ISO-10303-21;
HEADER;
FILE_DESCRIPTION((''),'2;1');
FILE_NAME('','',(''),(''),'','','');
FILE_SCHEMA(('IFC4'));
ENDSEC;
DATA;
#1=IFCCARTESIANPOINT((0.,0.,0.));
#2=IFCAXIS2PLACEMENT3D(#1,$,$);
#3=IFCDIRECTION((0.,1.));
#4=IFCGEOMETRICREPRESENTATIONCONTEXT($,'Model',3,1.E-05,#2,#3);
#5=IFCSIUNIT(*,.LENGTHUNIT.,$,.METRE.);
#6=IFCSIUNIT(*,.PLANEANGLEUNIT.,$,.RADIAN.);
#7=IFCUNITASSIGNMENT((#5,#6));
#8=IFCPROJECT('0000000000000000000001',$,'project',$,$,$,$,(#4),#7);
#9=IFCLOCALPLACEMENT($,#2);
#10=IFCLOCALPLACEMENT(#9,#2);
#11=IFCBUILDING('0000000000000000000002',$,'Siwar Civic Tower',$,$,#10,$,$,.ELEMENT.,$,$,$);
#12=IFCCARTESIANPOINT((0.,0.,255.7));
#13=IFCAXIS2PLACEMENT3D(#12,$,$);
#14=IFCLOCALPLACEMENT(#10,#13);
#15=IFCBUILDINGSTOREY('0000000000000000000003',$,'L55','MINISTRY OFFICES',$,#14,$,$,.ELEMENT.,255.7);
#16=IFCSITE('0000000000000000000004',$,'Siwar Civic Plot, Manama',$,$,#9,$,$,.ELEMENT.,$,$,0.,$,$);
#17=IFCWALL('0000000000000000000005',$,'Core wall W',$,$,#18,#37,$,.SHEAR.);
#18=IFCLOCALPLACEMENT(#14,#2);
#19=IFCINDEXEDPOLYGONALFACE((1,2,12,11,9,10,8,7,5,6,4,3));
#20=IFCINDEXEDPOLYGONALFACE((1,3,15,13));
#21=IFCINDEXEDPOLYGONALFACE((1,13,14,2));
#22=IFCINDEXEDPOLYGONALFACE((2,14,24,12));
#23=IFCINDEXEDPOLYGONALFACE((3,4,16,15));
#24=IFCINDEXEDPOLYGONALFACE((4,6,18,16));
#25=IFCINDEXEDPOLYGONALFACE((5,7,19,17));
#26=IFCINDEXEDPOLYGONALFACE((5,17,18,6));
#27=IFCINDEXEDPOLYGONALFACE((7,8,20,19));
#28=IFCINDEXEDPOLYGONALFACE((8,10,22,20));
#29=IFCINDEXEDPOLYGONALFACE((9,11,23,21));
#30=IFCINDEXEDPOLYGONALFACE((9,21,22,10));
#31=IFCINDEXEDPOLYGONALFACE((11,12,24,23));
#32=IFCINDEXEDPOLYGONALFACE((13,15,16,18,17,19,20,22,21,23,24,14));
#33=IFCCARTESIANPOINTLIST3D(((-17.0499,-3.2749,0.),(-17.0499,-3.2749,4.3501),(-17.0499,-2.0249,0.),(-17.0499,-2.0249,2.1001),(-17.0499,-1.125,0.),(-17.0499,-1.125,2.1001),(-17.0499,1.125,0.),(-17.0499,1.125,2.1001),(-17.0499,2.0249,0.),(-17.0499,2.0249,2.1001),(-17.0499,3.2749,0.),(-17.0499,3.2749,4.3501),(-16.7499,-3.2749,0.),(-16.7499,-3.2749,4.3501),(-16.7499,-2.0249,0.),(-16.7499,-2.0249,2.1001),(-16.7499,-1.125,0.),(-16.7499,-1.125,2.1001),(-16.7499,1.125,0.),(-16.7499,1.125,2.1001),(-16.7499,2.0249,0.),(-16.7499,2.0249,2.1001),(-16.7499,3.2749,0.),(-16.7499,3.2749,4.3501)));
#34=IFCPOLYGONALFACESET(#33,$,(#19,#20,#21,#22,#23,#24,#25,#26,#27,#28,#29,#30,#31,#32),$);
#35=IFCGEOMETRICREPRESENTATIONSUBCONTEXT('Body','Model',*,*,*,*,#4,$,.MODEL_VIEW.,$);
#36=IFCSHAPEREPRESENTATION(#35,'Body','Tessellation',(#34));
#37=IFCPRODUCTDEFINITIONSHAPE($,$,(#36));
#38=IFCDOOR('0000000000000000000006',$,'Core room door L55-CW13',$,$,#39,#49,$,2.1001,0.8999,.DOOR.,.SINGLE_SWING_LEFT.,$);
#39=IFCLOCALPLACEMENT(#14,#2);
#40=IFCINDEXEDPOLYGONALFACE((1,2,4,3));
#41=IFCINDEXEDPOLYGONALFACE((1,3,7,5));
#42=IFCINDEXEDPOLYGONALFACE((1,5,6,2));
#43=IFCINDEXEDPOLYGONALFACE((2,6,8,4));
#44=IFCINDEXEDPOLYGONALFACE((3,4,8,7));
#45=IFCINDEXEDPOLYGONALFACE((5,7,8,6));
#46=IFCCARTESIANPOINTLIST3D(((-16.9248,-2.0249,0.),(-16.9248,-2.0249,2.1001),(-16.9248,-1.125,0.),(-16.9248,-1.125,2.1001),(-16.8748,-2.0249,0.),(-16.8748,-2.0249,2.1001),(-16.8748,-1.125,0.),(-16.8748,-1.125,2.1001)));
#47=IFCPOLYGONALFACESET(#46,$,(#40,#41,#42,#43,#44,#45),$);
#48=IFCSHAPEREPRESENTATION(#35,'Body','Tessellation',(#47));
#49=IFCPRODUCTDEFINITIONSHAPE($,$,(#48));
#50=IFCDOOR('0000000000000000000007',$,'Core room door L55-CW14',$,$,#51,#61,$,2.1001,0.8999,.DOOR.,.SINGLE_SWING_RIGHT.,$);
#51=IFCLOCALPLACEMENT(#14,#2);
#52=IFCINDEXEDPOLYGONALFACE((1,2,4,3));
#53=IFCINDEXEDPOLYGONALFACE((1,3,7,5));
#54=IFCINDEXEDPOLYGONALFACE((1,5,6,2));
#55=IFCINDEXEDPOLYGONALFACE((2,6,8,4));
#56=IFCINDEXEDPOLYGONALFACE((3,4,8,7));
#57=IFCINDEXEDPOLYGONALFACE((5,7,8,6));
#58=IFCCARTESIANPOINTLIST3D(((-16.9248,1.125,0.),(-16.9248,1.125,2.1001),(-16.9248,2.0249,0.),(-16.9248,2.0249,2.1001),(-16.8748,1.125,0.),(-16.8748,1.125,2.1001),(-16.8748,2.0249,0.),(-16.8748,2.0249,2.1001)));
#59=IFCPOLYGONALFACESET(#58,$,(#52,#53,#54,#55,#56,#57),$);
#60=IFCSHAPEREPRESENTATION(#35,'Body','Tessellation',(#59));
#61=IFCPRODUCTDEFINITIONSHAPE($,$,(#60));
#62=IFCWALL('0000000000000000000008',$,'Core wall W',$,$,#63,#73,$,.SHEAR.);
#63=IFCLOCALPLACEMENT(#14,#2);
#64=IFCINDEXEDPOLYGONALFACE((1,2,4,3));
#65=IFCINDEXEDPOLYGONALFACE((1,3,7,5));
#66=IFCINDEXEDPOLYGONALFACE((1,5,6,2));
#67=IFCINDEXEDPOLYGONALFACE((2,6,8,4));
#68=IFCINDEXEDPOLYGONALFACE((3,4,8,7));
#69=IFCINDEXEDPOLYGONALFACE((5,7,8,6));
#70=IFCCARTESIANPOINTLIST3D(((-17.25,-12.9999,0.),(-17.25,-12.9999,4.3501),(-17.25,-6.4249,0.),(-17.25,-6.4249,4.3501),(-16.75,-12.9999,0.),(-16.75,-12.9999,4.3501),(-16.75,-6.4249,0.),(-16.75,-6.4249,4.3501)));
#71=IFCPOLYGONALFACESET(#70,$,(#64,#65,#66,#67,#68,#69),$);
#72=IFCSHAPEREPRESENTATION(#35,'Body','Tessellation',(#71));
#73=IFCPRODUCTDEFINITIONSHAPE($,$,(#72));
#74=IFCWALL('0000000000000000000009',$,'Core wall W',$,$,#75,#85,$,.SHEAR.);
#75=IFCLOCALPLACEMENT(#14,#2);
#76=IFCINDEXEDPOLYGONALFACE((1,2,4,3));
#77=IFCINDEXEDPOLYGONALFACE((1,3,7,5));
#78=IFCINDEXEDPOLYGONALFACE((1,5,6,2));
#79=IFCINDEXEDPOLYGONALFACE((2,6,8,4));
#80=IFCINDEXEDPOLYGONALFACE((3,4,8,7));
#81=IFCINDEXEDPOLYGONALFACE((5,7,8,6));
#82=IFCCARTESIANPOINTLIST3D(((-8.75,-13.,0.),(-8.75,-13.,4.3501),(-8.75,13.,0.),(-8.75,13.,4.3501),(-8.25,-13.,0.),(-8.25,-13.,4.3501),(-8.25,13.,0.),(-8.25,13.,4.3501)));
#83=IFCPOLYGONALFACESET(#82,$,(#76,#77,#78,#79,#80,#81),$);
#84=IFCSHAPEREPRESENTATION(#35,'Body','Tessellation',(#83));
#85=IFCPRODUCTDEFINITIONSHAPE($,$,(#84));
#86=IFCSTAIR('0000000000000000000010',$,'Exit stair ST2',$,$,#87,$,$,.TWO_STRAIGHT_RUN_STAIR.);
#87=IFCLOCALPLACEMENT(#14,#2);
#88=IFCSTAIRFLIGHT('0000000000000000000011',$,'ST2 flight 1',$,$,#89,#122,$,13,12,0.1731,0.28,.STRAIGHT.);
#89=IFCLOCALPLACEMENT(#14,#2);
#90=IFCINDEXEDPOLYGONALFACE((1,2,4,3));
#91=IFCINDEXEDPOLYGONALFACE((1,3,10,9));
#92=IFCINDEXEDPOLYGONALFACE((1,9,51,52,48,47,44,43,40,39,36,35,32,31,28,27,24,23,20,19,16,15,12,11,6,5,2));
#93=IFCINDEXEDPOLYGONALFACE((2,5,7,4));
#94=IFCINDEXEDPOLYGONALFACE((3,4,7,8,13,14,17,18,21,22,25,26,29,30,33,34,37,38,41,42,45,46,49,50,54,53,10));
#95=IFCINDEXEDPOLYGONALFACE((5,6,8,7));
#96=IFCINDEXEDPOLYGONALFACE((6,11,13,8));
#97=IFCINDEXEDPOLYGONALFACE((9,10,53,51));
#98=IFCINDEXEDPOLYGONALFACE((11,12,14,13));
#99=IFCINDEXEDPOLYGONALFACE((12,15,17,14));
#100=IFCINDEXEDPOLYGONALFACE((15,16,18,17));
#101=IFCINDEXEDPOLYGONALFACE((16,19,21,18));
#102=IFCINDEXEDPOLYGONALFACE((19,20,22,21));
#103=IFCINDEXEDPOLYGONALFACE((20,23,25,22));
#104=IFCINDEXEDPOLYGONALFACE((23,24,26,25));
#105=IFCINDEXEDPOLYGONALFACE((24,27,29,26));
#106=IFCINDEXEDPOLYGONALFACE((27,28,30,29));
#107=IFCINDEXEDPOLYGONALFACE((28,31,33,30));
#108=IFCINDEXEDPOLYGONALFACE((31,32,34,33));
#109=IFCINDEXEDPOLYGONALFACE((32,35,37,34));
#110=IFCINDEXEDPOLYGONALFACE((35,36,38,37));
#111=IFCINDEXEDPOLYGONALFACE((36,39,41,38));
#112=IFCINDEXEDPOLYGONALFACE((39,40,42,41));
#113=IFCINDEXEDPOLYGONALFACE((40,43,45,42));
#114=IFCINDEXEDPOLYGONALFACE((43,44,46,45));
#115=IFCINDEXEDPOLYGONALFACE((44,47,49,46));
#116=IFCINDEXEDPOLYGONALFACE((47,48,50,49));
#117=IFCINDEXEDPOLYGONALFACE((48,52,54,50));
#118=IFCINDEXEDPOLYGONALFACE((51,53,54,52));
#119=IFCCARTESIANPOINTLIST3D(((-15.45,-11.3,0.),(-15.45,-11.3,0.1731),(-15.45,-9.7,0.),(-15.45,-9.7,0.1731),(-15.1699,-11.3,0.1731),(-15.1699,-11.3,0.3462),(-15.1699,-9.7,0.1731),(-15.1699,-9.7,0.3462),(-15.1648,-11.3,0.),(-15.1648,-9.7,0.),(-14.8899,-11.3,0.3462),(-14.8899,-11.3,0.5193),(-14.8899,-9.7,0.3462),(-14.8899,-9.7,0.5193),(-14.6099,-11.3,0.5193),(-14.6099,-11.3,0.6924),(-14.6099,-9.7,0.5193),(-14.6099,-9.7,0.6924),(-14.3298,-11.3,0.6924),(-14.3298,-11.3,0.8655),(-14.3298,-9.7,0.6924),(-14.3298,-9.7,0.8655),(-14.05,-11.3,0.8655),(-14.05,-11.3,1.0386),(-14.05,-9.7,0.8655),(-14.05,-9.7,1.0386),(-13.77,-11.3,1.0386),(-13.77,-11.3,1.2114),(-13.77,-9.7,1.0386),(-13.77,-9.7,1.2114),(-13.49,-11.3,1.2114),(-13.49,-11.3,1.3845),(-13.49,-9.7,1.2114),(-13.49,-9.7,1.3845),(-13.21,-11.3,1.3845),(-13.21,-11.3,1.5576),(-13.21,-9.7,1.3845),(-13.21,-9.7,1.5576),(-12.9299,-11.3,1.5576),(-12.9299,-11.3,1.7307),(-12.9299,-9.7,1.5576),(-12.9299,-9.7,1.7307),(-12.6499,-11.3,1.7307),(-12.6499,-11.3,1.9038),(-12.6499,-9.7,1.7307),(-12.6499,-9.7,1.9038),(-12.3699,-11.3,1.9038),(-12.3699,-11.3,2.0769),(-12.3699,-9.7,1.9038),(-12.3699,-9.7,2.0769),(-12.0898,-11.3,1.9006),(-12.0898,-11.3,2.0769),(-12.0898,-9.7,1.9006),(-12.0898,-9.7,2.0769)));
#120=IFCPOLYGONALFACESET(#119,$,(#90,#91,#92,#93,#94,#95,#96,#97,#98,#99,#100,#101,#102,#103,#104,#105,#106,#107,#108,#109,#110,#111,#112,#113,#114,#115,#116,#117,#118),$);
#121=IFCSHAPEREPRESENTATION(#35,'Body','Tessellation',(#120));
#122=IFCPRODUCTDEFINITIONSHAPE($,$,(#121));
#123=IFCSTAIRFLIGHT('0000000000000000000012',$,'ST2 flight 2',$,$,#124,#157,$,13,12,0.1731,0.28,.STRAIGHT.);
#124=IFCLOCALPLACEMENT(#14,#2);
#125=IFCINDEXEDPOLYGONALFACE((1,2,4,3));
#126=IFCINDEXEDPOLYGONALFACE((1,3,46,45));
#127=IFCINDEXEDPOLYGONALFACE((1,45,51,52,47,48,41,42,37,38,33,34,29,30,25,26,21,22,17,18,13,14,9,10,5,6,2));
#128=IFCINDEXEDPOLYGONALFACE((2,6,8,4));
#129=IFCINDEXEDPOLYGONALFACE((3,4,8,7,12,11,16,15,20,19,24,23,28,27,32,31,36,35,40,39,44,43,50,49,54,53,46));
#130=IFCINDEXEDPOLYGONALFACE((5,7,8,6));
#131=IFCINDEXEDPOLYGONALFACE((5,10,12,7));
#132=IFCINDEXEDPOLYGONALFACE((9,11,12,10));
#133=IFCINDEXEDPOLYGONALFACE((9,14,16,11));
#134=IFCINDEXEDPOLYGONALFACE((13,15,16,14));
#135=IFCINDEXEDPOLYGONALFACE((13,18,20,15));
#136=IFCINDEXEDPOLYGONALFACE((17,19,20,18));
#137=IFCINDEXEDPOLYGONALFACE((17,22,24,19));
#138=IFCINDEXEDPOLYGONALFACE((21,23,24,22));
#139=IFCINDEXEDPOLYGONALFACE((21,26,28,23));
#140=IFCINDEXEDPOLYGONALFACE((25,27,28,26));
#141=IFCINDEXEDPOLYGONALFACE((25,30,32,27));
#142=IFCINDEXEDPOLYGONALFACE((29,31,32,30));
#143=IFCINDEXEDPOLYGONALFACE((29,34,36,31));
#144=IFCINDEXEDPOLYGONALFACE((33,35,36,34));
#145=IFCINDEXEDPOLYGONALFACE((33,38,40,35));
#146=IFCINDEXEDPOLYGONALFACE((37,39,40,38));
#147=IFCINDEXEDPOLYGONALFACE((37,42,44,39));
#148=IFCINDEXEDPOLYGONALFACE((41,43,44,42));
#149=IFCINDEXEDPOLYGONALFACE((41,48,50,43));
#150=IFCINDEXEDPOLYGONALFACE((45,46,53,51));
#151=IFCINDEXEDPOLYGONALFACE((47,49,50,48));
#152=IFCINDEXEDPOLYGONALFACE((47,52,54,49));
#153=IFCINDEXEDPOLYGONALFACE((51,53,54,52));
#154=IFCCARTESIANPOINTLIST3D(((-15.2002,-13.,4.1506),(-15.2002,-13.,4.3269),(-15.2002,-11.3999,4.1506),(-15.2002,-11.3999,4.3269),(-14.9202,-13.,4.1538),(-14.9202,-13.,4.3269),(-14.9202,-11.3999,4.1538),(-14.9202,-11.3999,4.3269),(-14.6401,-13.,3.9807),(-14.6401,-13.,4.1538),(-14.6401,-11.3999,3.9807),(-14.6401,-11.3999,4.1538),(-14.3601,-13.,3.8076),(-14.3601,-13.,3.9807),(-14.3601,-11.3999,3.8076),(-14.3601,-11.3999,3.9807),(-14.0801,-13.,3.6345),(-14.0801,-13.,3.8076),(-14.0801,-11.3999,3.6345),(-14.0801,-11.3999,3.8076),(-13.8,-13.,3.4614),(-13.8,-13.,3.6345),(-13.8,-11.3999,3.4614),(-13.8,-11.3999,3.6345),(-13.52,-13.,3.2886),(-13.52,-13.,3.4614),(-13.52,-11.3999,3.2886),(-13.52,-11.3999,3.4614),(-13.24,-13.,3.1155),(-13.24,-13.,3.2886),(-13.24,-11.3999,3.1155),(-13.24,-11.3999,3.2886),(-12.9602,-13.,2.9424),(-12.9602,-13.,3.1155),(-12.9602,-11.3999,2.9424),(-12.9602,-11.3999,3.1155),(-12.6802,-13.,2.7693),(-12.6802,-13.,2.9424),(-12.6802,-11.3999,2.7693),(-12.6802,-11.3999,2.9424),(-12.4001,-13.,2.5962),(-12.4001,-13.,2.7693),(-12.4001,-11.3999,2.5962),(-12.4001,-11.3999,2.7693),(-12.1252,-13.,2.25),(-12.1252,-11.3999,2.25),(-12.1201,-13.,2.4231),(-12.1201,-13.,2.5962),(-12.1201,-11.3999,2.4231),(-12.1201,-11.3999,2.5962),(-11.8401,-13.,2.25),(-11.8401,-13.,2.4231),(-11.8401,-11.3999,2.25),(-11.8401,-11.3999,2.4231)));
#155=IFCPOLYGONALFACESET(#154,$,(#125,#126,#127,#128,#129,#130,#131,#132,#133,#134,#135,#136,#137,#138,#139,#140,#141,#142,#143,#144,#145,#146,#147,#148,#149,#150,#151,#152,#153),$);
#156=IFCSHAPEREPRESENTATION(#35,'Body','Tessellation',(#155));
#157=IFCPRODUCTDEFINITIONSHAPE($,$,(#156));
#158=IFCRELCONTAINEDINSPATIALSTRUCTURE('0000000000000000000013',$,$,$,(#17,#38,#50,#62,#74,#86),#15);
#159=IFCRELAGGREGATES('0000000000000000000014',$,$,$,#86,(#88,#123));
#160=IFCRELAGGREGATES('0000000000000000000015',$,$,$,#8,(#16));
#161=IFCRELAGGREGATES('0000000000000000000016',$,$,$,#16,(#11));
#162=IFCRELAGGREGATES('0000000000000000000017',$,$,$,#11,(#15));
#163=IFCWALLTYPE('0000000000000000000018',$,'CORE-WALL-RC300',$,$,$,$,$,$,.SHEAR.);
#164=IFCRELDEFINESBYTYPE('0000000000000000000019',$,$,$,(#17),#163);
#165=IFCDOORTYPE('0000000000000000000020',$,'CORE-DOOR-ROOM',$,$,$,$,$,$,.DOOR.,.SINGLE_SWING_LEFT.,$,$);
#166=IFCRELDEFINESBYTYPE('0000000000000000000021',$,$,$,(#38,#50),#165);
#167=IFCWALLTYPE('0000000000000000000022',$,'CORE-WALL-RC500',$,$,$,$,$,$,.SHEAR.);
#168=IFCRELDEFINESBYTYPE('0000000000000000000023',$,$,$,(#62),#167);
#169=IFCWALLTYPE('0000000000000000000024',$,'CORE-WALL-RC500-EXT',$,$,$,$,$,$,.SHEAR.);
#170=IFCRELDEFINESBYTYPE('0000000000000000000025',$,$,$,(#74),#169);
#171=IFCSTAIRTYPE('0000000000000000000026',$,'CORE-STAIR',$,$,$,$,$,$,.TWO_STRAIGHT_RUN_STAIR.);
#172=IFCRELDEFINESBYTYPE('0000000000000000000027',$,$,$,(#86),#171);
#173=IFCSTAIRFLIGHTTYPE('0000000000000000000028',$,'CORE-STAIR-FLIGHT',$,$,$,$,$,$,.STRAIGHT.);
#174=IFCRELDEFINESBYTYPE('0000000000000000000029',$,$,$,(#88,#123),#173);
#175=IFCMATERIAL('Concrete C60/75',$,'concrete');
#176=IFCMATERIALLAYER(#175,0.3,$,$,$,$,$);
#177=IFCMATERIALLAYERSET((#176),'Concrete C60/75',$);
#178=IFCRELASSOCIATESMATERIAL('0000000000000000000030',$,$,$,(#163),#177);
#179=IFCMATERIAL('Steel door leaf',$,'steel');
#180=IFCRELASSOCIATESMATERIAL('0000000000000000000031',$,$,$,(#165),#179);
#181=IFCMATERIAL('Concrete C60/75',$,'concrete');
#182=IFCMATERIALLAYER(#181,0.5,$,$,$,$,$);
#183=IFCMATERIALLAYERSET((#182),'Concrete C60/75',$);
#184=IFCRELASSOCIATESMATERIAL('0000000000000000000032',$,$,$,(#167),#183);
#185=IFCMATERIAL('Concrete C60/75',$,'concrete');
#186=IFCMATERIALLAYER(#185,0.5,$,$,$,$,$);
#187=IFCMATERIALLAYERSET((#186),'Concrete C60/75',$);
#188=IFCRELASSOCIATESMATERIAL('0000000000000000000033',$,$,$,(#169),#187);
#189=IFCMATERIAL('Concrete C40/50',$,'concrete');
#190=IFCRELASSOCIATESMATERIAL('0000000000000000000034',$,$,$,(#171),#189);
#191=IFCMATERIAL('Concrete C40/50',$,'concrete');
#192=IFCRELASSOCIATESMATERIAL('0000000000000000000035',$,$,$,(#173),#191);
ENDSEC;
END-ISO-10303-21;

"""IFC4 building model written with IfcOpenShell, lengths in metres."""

from ifc_helpers import new_model, si_unit, direction, frame, frame_2d, origin, place, context, subcontext, project, spatial, polyline, rectangle, outline, extrude, material, layer, layer_set, type_object, element, fill, aggregate, save


model = new_model("IFC4")

# Units and contexts
model_context = context("Model", 3, precision=1e-05, world=origin(), true_north=direction((0.0, 1.0)))
body_context = subcontext(model_context, "Body", "Model", "MODEL_VIEW")
ifc_project = project(units=[si_unit("LENGTHUNIT", "METRE"), si_unit("PLANEANGLEUNIT", "RADIAN")], contexts=[model_context])

# Site, building, storey
site_placement = place(None, origin())
site = spatial("IfcSite", under=ifc_project, at=site_placement, Name="Siwar Civic Plot, Manama", CompositionType="ELEMENT", RefElevation=0.0)
building_placement = place(site_placement, origin())
building = spatial("IfcBuilding", under=site, at=building_placement, Name="Siwar Civic Tower", CompositionType="ELEMENT")
storey_placement = place(building_placement, frame((0.0, 0.0, 255.7)))
storey = spatial("IfcBuildingStorey", under=building, at=storey_placement, Name="L55", Description="MINISTRY OFFICES", CompositionType="ELEMENT", Elevation=255.7)

# Wall, openings, doors
ifc_material_1 = material(Name="Concrete C60/75", Category="concrete")
ifc_layer_1 = layer(ifc_material_1, 0.3)
ifc_layer_set_1 = layer_set([ifc_layer_1], Name="Concrete C60/75")
wall_type_1 = type_object("IfcWallType", Name="CORE-WALL-RC300", PredefinedType="SHEAR", material=ifc_layer_set_1)
wall_1_placement = place(storey_placement, frame((-16.8999, -3.2749, 0.0), z_axis=(0.0, 0.0, 1.0), x_axis=(0.0, 1.0, 0.0)))
wall_1 = element("IfcWall", 1, at=wall_1_placement, inside=storey, type_object=wall_type_1, Name="Core wall W", PredefinedType="SHEAR", context=body_context, shape_type="SweptSolid", body=[
    extrude(rectangle(XDim=6.5498, YDim=0.3, at=frame_2d((3.2749, 0.0))), origin(), (0.0, 0.0, 1.0), 4.3501),
])
opening_1_placement = place(wall_1_placement, frame((1.25, 0.0, 0.0)))
opening_1 = element("IfcOpeningElement", 2, at=opening_1_placement, cuts=wall_1, PredefinedType="OPENING", context=body_context, shape_type="SweptSolid", body=[
    extrude(rectangle(XDim=0.8999, YDim=2.1001, at=frame_2d((0.45, 1.05))), frame((0.0, 0.1602, 0.0), z_axis=(0.0, -1.0, 0.0), x_axis=(1.0, 0.0, 0.0)), (0.0, 0.0, 1.0), 0.3201),
])
opening_2_placement = place(wall_1_placement, frame((4.3999, 0.0, 0.0)))
opening_2 = element("IfcOpeningElement", 3, at=opening_2_placement, cuts=wall_1, PredefinedType="OPENING", context=body_context, shape_type="SweptSolid", body=[
    extrude(rectangle(XDim=0.8999, YDim=2.1001, at=frame_2d((0.45, 1.05))), frame((0.0, 0.1602, 0.0), z_axis=(0.0, -1.0, 0.0), x_axis=(1.0, 0.0, 0.0)), (0.0, 0.0, 1.0), 0.3201),
])
ifc_material_2 = material(Name="Steel door leaf", Category="steel")
door_type_1 = type_object("IfcDoorType", Name="CORE-DOOR-ROOM", OperationType="SINGLE_SWING_LEFT", PredefinedType="DOOR", material=ifc_material_2)
door_1_placement = place(opening_1_placement, origin())
door_1 = element("IfcDoor", 4, at=door_1_placement, inside=storey, type_object=door_type_1, Name="Core room door L55-CW13", OperationType="SINGLE_SWING_LEFT", OverallHeight=2.1001, OverallWidth=0.8999, PredefinedType="DOOR", context=body_context, shape_type="SweptSolid", body=[
    extrude(rectangle(XDim=0.8999, YDim=2.1001, at=frame_2d((0.45, 1.05))), frame((0.0, 0.0249, 0.0), z_axis=(0.0, -1.0, 0.0), x_axis=(1.0, 0.0, 0.0)), (0.0, 0.0, 1.0), 0.05),
])
fill(opening_1, door_1)
door_2_placement = place(opening_2_placement, origin())
door_2 = element("IfcDoor", 5, at=door_2_placement, inside=storey, type_object=door_type_1, Name="Core room door L55-CW14", OperationType="SINGLE_SWING_RIGHT", OverallHeight=2.1001, OverallWidth=0.8999, PredefinedType="DOOR", context=body_context, shape_type="SweptSolid", body=[
    extrude(rectangle(XDim=0.8999, YDim=2.1001, at=frame_2d((0.45, 1.05))), frame((0.0, 0.0249, 0.0), z_axis=(0.0, -1.0, 0.0), x_axis=(1.0, 0.0, 0.0)), (0.0, 0.0, 1.0), 0.05),
])
fill(opening_2, door_2)

# Walls
ifc_material_3 = material(Name="Concrete C60/75", Category="concrete")
ifc_layer_2 = layer(ifc_material_3, 0.5)
ifc_layer_set_2 = layer_set([ifc_layer_2], Name="Concrete C60/75")
wall_type_2 = type_object("IfcWallType", Name="CORE-WALL-RC500", PredefinedType="SHEAR", material=ifc_layer_set_2)
wall_2_placement = place(storey_placement, frame((-17.0, -13.0, 0.0), z_axis=(0.0, 0.0, 1.0), x_axis=(0.0, 1.0, 0.0)))
element("IfcWall", 6, at=wall_2_placement, inside=storey, type_object=wall_type_2, Name="Core wall W", PredefinedType="SHEAR", context=body_context, shape_type="SweptSolid", body=[
    extrude(rectangle(XDim=6.575, YDim=0.5, at=frame_2d((3.2876, 0.0))), origin(), (0.0, 0.0, 1.0), 4.3501),
])
ifc_material_4 = material(Name="Concrete C60/75", Category="concrete")
ifc_layer_3 = layer(ifc_material_4, 0.5)
ifc_layer_set_3 = layer_set([ifc_layer_3], Name="Concrete C60/75")
wall_type_3 = type_object("IfcWallType", Name="CORE-WALL-RC500-EXT", PredefinedType="SHEAR", material=ifc_layer_set_3)
wall_3_placement = place(storey_placement, frame((-8.5, -13.0, 0.0), z_axis=(0.0, 0.0, 1.0), x_axis=(0.0, 1.0, 0.0)))
element("IfcWall", 7, at=wall_3_placement, inside=storey, type_object=wall_type_3, Name="Core wall W", PredefinedType="SHEAR", context=body_context, shape_type="SweptSolid", body=[
    extrude(rectangle(XDim=26.0, YDim=0.5, at=frame_2d((13.0, 0.0))), origin(), (0.0, 0.0, 1.0), 4.3501),
])

# Stair, stair flights
ifc_material_5 = material(Name="Concrete C40/50", Category="concrete")
stair_type = type_object("IfcStairType", Name="CORE-STAIR", PredefinedType="TWO_STRAIGHT_RUN_STAIR", material=ifc_material_5)
stair_placement = place(storey_placement, origin())
stair = element("IfcStair", 8, at=stair_placement, inside=storey, type_object=stair_type, Name="Exit stair ST2", PredefinedType="TWO_STRAIGHT_RUN_STAIR")
ifc_material_6 = material(Name="Concrete C40/50", Category="concrete")
stair_flight_type = type_object("IfcStairFlightType", Name="CORE-STAIR-FLIGHT", PredefinedType="STRAIGHT", material=ifc_material_6)
stair_flight_1_placement = place(storey_placement, frame((-15.45, -10.5, 0.0), z_axis=(0.0, 0.0, 1.0), x_axis=(1.0, 0.0, 0.0)))
stair_flight_1 = element("IfcStairFlight", 9, at=stair_flight_1_placement, type_object=stair_flight_type, Name="ST2 flight 1", NumberOfRisers=13, NumberOfTreads=12, PredefinedType="STRAIGHT", RiserHeight=0.1731, TreadLength=0.28, context=body_context, shape_type="SweptSolid", body=[
    extrude(outline(polyline([(0.0, 0.0), (0.0, 0.1731), (0.28, 0.1731), (0.28, 0.3462), (0.5601, 0.3462), (0.5601, 0.5193), (0.8401, 0.5193), (0.8401, 0.6924), (1.1201, 0.6924), (1.1201, 0.8655), (1.3999, 0.8655), (1.3999, 1.0386), (1.6799, 1.0386), (1.6799, 1.2114), (1.96, 1.2114), (1.96, 1.3845), (2.24, 1.3845), (2.24, 1.5576), (2.52, 1.5576), (2.52, 1.7307), (2.8, 1.7307), (2.8, 1.9038), (3.0801, 1.9038), (3.0801, 2.0769), (3.3601, 2.0769), (3.3601, 2.25), (3.3601, 1.9006), (0.2852, 0.0), (0.0, 0.0)])), frame((0.0, 0.8, 0.0), z_axis=(0.0, -1.0, 0.0), x_axis=(1.0, 0.0, 0.0)), (0.0, 0.0, 1.0), 1.6001),
])
stair_flight_2_placement = place(storey_placement, frame((-11.8401, -12.2, 2.25), z_axis=(0.0, 0.0, 1.0), x_axis=(-1.0, 0.0, 0.0)))
stair_flight_2 = element("IfcStairFlight", 10, at=stair_flight_2_placement, type_object=stair_flight_type, Name="ST2 flight 2", NumberOfRisers=13, NumberOfTreads=12, PredefinedType="STRAIGHT", RiserHeight=0.1731, TreadLength=0.28, context=body_context, shape_type="SweptSolid", body=[
    extrude(outline(polyline([(0.0, 0.0), (0.0, 0.1731), (0.28, 0.1731), (0.28, 0.3462), (0.5601, 0.3462), (0.5601, 0.5193), (0.8401, 0.5193), (0.8401, 0.6924), (1.1201, 0.6924), (1.1201, 0.8655), (1.3999, 0.8655), (1.3999, 1.0386), (1.6799, 1.0386), (1.6799, 1.2114), (1.96, 1.2114), (1.96, 1.3845), (2.24, 1.3845), (2.24, 1.5576), (2.52, 1.5576), (2.52, 1.7307), (2.8, 1.7307), (2.8, 1.9038), (3.0801, 1.9038), (3.0801, 2.0769), (3.3601, 2.0769), (3.3601, 2.25), (3.3601, 1.9006), (0.2852, 0.0), (0.0, 0.0)])), frame((0.0, 0.8, 0.0), z_axis=(0.0, -1.0, 0.0), x_axis=(1.0, 0.0, 0.0)), (0.0, 0.0, 1.0), 1.6001),
])
aggregate(stair, [stair_flight_1, stair_flight_2])

save(model, "model.ifc")
